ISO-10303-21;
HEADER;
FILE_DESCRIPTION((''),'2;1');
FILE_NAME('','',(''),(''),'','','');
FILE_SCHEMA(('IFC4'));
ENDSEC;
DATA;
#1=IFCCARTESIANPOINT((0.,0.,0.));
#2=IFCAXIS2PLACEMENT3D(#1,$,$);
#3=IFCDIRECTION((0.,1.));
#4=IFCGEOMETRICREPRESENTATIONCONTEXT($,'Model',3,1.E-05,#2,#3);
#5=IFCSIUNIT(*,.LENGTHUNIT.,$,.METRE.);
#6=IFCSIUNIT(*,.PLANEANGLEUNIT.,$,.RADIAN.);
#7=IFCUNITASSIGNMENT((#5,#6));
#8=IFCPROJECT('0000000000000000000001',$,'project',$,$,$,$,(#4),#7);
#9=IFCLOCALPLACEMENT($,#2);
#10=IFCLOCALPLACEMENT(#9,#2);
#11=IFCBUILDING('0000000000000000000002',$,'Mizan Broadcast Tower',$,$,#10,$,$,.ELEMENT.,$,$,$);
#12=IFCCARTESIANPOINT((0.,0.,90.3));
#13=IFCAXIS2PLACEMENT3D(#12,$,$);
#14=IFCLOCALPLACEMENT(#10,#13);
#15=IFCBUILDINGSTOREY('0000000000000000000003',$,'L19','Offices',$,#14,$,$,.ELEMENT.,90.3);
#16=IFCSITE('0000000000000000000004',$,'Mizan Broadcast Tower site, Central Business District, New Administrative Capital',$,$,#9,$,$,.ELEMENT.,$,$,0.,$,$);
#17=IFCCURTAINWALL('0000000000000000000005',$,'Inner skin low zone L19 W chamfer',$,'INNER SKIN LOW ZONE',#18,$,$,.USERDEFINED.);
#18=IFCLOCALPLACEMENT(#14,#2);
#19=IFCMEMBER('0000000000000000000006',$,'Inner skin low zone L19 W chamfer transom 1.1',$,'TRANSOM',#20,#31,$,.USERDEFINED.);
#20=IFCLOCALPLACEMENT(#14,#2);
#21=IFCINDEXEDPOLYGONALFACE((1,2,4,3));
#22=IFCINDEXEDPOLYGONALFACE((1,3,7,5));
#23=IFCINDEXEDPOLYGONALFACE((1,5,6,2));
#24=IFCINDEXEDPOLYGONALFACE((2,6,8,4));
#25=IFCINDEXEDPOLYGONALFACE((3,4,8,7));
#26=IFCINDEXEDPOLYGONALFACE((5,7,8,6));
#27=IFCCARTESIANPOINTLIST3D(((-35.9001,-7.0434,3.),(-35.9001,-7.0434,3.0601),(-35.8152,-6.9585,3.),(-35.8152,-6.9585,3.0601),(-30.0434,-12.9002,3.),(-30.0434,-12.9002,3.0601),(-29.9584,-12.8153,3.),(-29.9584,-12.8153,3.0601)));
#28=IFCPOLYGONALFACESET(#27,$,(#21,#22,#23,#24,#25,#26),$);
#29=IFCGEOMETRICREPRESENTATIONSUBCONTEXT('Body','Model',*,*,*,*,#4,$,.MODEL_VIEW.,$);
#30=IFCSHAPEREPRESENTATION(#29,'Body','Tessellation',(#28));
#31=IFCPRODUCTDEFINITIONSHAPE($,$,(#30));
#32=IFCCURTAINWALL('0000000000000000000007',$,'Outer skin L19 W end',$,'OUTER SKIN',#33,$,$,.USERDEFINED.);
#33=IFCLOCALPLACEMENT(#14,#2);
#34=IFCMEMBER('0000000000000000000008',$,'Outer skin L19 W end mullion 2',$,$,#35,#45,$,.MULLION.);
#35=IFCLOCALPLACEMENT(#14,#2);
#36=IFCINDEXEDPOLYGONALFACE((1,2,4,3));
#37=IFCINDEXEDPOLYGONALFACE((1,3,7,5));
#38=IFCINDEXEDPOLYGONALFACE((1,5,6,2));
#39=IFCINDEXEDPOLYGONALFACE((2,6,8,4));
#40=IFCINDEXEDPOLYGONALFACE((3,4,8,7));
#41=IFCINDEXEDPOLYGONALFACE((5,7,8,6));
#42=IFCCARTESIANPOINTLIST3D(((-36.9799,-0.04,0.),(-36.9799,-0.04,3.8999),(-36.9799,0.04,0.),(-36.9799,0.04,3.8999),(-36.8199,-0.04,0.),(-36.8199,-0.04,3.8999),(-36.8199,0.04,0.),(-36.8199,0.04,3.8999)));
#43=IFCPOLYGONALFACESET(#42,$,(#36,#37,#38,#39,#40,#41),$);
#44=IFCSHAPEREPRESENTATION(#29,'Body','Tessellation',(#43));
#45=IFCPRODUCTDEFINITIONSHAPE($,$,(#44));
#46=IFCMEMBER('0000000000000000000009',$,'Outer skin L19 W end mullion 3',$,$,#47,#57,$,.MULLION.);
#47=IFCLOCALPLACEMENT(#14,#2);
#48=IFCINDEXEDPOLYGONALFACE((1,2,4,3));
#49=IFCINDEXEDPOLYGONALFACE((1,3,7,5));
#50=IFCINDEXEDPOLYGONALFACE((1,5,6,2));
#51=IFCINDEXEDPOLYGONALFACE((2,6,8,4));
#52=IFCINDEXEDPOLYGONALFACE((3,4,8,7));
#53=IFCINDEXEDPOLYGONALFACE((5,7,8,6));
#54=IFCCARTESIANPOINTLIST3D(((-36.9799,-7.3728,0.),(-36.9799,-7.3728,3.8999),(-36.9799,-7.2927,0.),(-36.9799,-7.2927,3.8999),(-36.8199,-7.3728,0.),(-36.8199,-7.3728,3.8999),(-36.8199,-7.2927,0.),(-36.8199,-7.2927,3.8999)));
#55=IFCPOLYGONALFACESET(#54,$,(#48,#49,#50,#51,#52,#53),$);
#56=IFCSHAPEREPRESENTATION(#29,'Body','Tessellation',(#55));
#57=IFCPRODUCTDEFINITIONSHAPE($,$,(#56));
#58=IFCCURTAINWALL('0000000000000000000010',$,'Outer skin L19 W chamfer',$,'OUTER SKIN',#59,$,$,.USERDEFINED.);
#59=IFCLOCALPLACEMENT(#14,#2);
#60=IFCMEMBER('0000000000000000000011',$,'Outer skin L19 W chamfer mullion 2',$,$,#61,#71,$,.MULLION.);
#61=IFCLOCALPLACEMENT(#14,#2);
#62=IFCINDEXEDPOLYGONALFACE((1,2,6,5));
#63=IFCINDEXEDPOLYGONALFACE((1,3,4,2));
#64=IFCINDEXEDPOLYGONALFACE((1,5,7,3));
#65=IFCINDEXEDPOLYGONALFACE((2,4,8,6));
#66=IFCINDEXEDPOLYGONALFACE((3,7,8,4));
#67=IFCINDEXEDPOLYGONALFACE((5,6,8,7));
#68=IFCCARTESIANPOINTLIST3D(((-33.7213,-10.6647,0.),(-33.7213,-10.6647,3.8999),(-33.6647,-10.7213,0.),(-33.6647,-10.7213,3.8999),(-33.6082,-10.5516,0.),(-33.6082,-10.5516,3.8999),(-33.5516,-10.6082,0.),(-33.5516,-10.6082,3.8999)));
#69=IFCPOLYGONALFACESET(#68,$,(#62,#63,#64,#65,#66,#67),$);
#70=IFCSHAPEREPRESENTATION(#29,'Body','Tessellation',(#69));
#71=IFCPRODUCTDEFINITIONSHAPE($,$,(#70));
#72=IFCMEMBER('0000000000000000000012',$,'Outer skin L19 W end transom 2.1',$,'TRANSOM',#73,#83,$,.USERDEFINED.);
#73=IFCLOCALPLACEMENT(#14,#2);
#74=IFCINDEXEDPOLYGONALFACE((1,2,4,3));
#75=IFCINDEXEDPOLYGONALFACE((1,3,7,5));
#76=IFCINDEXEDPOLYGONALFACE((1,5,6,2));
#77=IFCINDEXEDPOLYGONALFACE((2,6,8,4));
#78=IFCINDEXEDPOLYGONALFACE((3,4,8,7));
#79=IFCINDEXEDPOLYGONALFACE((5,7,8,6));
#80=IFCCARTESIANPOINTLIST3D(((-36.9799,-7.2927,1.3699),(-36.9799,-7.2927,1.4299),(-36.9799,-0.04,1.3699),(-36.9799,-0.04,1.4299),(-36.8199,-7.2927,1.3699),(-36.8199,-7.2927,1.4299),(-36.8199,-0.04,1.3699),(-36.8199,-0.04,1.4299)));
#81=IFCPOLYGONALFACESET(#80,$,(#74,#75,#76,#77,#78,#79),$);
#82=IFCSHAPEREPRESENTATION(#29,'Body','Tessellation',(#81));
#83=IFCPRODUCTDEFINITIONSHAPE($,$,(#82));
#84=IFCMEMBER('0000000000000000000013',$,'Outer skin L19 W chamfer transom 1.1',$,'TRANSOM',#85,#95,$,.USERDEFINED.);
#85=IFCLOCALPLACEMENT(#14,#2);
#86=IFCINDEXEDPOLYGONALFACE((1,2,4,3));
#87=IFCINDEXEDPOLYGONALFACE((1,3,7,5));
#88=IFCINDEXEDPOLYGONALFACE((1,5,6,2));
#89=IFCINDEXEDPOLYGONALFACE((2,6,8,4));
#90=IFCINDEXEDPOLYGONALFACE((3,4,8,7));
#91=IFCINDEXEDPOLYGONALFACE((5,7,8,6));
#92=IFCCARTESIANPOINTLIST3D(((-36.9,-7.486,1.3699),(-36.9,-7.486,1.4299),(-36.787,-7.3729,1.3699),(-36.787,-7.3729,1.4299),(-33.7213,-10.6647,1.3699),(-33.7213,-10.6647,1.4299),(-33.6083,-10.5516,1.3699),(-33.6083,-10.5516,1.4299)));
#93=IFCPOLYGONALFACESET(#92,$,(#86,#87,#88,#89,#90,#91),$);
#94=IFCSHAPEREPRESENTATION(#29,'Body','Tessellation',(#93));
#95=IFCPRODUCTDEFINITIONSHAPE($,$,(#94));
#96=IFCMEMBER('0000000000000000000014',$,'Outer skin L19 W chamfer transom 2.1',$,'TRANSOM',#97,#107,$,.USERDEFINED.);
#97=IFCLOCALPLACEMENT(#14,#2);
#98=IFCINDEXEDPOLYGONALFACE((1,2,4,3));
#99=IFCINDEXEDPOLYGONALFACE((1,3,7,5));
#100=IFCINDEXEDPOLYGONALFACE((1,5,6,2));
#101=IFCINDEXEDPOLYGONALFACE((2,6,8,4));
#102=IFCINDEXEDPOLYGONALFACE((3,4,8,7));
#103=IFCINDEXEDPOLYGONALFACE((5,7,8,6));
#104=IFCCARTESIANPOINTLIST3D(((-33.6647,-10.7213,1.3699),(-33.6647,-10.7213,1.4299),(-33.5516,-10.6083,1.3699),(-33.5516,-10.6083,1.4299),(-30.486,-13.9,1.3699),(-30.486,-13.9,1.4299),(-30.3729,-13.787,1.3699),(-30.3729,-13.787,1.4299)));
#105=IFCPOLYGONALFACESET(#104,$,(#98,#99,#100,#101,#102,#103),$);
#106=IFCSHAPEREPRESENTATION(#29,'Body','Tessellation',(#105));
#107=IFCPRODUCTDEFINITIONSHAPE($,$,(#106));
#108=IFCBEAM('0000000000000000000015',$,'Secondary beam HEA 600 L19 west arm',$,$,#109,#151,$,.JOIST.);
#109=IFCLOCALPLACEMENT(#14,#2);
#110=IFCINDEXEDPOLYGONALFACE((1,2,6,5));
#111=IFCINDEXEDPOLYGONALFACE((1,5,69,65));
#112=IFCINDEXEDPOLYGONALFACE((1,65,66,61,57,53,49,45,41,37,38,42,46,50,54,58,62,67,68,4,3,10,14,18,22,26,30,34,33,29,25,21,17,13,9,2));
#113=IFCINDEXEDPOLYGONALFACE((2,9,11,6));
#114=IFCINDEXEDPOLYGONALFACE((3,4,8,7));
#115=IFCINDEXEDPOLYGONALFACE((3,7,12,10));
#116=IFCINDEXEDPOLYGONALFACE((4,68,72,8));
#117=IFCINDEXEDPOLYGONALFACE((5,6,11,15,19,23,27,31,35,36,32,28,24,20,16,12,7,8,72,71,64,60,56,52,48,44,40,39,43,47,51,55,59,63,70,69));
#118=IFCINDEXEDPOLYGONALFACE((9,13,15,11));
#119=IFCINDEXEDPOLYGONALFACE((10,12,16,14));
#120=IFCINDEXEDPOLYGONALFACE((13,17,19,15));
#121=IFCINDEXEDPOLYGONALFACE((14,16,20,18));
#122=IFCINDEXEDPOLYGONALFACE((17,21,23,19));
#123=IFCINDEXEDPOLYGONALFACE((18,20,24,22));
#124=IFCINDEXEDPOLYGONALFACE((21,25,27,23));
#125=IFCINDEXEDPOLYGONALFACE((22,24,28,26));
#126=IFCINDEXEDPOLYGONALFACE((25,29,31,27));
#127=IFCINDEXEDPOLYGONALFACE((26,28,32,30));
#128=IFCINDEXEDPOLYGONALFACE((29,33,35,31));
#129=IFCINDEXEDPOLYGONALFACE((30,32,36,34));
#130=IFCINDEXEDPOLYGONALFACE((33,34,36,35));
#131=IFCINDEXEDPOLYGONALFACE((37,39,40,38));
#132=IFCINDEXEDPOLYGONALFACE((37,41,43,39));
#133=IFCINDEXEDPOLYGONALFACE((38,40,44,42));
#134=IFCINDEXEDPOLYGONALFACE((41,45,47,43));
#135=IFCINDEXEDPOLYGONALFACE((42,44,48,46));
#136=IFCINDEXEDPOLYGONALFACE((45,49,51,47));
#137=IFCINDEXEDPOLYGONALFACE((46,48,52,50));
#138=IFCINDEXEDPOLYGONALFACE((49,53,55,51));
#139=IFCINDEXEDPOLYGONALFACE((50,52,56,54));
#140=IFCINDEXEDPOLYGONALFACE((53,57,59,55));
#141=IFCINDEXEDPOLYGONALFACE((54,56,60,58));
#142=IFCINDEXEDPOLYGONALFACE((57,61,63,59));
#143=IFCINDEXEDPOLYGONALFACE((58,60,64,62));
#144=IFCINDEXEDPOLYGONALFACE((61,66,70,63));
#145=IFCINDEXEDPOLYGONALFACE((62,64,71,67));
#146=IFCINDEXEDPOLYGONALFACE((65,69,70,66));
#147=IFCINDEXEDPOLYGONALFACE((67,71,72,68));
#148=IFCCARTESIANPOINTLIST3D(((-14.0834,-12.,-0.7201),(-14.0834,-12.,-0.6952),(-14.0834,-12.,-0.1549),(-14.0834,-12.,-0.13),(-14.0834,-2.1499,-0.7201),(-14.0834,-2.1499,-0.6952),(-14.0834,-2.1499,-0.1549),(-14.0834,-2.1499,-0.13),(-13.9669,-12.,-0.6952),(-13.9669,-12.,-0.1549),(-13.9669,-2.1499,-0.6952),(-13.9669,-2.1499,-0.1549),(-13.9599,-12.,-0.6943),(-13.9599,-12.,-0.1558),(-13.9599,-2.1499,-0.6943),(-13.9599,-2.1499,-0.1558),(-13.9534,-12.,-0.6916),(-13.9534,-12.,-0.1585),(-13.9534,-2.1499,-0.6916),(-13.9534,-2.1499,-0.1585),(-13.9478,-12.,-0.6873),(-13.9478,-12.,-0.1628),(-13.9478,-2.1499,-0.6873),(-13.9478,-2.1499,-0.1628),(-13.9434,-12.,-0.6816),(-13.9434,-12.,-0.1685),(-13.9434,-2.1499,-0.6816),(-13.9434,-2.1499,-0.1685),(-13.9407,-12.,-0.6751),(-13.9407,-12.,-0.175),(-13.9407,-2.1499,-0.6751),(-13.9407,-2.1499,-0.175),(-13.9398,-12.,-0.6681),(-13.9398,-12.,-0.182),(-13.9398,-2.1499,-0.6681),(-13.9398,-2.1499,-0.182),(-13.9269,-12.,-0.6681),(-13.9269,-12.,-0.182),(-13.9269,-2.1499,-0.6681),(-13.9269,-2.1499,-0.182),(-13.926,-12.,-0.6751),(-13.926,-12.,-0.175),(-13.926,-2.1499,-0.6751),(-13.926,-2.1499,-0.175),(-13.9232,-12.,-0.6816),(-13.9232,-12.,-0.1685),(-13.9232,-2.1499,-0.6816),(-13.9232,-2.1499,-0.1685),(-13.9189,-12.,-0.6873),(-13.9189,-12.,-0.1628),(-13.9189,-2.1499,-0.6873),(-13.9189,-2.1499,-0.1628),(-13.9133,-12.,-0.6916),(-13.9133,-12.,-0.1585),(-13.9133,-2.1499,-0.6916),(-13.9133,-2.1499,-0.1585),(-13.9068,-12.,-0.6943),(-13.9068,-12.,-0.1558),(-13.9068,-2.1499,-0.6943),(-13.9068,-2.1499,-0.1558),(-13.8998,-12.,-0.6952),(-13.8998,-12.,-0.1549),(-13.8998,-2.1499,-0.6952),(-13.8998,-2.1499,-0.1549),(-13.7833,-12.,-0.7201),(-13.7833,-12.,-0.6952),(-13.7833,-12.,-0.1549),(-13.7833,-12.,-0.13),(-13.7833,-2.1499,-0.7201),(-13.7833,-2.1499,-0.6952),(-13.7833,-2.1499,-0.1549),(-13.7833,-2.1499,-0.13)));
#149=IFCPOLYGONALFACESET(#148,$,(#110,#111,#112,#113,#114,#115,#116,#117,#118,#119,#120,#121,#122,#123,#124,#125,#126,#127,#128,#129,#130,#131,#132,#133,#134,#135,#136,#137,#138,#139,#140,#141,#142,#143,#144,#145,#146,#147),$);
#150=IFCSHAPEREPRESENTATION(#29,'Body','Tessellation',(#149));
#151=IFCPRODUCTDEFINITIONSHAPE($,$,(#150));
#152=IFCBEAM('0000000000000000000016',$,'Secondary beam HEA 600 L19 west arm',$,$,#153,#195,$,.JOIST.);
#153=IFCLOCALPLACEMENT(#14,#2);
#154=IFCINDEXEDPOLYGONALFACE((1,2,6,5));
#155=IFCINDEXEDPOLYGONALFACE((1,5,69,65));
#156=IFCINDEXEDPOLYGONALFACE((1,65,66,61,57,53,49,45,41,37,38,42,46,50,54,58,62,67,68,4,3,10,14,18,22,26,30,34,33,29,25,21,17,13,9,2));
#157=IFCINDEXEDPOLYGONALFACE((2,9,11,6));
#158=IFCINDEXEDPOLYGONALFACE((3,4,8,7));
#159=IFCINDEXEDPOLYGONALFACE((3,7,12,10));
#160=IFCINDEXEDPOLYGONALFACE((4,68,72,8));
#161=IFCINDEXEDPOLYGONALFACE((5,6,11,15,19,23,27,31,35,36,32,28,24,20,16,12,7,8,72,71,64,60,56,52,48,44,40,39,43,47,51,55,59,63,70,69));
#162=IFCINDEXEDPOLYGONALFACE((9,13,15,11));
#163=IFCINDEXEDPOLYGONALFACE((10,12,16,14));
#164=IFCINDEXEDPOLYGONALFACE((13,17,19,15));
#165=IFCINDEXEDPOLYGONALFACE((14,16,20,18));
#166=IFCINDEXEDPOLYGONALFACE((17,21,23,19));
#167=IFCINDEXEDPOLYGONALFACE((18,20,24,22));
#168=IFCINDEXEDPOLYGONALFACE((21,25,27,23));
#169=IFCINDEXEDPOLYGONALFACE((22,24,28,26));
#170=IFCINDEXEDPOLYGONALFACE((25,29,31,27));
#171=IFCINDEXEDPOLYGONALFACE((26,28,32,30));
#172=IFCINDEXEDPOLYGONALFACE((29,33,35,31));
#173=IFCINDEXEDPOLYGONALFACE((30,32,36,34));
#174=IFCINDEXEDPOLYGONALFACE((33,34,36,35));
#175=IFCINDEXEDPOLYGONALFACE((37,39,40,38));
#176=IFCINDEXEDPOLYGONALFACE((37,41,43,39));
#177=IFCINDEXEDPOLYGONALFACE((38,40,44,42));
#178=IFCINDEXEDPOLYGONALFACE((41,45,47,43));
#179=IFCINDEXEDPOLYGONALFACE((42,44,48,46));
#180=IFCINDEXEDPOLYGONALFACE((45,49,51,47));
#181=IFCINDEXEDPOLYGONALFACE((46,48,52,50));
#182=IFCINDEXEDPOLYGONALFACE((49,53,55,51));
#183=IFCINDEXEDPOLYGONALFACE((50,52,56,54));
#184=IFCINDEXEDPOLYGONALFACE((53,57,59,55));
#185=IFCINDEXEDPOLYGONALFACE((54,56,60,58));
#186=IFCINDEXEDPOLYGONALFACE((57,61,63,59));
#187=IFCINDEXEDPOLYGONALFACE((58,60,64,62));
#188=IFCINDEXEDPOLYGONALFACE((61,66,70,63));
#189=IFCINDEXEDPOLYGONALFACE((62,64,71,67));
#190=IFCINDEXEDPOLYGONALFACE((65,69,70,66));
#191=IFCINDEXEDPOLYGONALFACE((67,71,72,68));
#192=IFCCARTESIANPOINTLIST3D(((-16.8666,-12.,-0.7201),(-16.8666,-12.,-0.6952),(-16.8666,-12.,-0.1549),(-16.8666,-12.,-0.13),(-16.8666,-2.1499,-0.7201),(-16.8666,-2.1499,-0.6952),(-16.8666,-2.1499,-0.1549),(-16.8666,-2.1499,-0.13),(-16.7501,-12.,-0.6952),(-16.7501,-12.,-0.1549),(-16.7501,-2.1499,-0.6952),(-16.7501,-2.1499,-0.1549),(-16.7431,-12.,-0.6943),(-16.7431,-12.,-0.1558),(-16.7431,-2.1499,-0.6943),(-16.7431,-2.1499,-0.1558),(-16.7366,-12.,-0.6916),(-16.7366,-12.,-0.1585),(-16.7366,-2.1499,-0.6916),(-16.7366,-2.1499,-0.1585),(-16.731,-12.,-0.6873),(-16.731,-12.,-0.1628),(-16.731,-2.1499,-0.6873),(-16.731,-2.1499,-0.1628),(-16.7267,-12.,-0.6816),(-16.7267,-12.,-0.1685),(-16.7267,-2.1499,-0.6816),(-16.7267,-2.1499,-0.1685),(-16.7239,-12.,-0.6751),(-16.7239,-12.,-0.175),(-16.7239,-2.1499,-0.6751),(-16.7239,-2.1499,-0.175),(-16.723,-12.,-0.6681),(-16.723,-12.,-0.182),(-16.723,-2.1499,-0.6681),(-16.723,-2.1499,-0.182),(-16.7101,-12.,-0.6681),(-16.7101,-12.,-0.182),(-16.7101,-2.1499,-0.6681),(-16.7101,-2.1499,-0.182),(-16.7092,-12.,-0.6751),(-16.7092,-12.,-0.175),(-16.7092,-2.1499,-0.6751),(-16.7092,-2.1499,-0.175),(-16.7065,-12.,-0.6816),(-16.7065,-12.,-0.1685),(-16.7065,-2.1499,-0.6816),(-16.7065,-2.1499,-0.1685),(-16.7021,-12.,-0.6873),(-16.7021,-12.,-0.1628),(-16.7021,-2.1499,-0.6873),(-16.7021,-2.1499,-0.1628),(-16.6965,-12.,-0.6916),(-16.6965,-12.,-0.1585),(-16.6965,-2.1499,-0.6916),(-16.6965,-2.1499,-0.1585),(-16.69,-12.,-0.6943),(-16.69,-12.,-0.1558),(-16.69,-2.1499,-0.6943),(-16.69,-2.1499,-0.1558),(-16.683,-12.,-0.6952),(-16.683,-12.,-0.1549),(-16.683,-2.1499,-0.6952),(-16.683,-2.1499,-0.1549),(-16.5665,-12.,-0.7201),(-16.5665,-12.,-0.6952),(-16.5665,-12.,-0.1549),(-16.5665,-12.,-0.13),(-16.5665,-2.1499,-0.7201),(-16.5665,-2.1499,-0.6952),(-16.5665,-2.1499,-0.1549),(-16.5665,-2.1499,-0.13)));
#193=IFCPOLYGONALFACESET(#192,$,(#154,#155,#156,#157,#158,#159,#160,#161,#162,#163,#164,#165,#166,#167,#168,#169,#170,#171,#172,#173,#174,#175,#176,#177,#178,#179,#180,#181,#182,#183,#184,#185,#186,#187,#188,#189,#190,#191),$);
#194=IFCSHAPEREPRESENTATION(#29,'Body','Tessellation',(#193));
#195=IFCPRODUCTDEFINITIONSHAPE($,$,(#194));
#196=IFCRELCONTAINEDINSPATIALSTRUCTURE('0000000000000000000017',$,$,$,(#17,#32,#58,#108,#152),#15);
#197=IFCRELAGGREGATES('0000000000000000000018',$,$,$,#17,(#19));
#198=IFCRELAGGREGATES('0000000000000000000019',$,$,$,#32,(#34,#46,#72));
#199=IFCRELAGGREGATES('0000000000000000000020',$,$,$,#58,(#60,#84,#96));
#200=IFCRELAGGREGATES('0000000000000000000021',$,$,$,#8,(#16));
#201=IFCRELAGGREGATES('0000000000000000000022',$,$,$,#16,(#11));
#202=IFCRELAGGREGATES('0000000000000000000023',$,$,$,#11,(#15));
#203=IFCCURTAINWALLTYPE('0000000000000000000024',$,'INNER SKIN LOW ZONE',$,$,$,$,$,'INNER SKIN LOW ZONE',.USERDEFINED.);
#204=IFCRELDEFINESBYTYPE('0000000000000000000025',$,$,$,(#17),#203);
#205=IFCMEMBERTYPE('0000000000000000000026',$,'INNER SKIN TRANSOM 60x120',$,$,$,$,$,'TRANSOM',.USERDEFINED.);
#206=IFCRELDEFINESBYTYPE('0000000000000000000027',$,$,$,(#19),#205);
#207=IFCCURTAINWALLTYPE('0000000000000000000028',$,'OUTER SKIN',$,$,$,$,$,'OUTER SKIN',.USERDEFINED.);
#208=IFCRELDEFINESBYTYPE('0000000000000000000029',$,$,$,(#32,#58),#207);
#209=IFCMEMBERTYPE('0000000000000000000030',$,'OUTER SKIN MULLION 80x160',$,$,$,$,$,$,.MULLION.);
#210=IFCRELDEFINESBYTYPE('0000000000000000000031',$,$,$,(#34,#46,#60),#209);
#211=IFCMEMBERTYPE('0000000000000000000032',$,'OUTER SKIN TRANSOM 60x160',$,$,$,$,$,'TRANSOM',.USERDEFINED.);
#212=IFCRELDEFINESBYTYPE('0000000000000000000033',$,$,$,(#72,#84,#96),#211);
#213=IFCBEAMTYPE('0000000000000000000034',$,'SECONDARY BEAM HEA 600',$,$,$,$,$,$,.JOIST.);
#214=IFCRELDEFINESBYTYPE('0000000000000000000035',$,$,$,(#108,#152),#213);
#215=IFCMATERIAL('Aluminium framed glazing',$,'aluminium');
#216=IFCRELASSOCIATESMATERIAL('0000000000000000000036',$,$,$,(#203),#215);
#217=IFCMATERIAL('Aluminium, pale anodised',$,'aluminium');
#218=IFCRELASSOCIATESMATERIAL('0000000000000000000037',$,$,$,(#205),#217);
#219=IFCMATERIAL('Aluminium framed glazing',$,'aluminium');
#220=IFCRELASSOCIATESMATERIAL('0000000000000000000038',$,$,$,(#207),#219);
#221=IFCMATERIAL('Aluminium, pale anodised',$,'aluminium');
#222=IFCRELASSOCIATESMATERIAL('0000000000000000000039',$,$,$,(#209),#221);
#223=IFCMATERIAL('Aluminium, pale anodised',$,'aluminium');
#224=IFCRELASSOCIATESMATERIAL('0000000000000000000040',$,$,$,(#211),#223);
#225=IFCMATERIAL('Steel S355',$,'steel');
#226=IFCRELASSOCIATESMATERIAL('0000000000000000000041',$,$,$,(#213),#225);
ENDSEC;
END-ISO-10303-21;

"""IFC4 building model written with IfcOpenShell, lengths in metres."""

from ifc_helpers import new_model, si_unit, direction, frame, origin, origin_2d, place, context, subcontext, project, spatial, rectangle, i_section, extrude, material, material_profile, profile_set, type_object, element, aggregate, save


model = new_model("IFC4")

# Units and contexts
model_context = context("Model", 3, precision=1e-05, world=origin(), true_north=direction((0.0, 1.0)))
body_context = subcontext(model_context, "Body", "Model", "MODEL_VIEW")
ifc_project = project(units=[si_unit("LENGTHUNIT", "METRE"), si_unit("PLANEANGLEUNIT", "RADIAN")], contexts=[model_context])

# Site, building, storey
site_placement = place(None, origin())
site = spatial("IfcSite", under=ifc_project, at=site_placement, Name="Mizan Broadcast Tower site, Central Business District, New Administrative Capital", CompositionType="ELEMENT", RefElevation=0.0)
building_placement = place(site_placement, origin())
building = spatial("IfcBuilding", under=site, at=building_placement, Name="Mizan Broadcast Tower", CompositionType="ELEMENT")
storey_placement = place(building_placement, frame((0.0, 0.0, 90.3)))
storey = spatial("IfcBuildingStorey", under=building, at=storey_placement, Name="L19", Description="Offices", CompositionType="ELEMENT", Elevation=90.3)

# Shared definitions
ifc_material_1 = material(Name="Aluminium framed glazing", Category="aluminium")
curtain_wall_type_1 = type_object("IfcCurtainWallType", Name="INNER SKIN LOW ZONE", ElementType="INNER SKIN LOW ZONE", PredefinedType="USERDEFINED", material=ifc_material_1)
ifc_material_2 = material(Name="Aluminium, pale anodised", Category="aluminium")
ifc_material_profile_1 = material_profile(ifc_material_2, rectangle(XDim=0.1201, YDim=0.0601, at=origin_2d()), Name="TRANSOM 120x60")
ifc_profile_set_1 = profile_set([ifc_material_profile_1], Name="Aluminium, pale anodised")
member_type_1 = type_object("IfcMemberType", Name="INNER SKIN TRANSOM 60x120", ElementType="TRANSOM", PredefinedType="USERDEFINED", material=ifc_profile_set_1)

# Curtain wall, member
curtain_wall_1_placement = place(storey_placement, origin())
curtain_wall_1 = element("IfcCurtainWall", 1, at=curtain_wall_1_placement, inside=storey, type_object=curtain_wall_type_1, Name="Inner skin low zone L19 W chamfer", ObjectType="INNER SKIN LOW ZONE", PredefinedType="USERDEFINED")
member_1_placement = place(storey_placement, frame((-35.8577, -7.001, 3.03), z_axis=(0.707107, -0.707107, 0.0), x_axis=(0.707107, 0.707107, 0.0)))
member_1 = element("IfcMember", 2, at=member_1_placement, type_object=member_type_1, Name="Inner skin low zone L19 W chamfer transom 1.1", ObjectType="TRANSOM", PredefinedType="USERDEFINED", context=body_context, shape_type="SweptSolid", body=[
    extrude(rectangle(XDim=0.1201, YDim=0.0601, at=origin_2d()), origin(), (0.0, 0.0, 1.0), 8.2827),
])

# Curtain wall, members
ifc_material_3 = material(Name="Aluminium framed glazing", Category="aluminium")
curtain_wall_type_2 = type_object("IfcCurtainWallType", Name="OUTER SKIN", ElementType="OUTER SKIN", PredefinedType="USERDEFINED", material=ifc_material_3)
curtain_wall_2_placement = place(storey_placement, origin())
curtain_wall_2 = element("IfcCurtainWall", 3, at=curtain_wall_2_placement, inside=storey, type_object=curtain_wall_type_2, Name="Outer skin L19 W end", ObjectType="OUTER SKIN", PredefinedType="USERDEFINED")
ifc_material_4 = material(Name="Aluminium, pale anodised", Category="aluminium")
ifc_material_profile_2 = material_profile(ifc_material_4, rectangle(XDim=0.1599, YDim=0.0801, at=origin_2d()), Name="MULLION 160x80")
ifc_profile_set_2 = profile_set([ifc_material_profile_2], Name="Aluminium, pale anodised")
member_type_2 = type_object("IfcMemberType", Name="OUTER SKIN MULLION 80x160", PredefinedType="MULLION", material=ifc_profile_set_2)
member_2_placement = place(storey_placement, frame((-36.8999, 0.0, 0.0), z_axis=(0.0, 0.0, 1.0), x_axis=(1.0, 0.0, 0.0)))
member_2 = element("IfcMember", 4, at=member_2_placement, type_object=member_type_2, Name="Outer skin L19 W end mullion 2", PredefinedType="MULLION", context=body_context, shape_type="SweptSolid", body=[
    extrude(rectangle(XDim=0.1599, YDim=0.0801, at=origin_2d()), origin(), (0.0, 0.0, 1.0), 3.8999),
])
member_3_placement = place(storey_placement, frame((-36.8999, -7.3328, 0.0), z_axis=(0.0, 0.0, 1.0), x_axis=(1.0, 0.0, 0.0)))
member_3 = element("IfcMember", 5, at=member_3_placement, type_object=member_type_2, Name="Outer skin L19 W end mullion 3", PredefinedType="MULLION", context=body_context, shape_type="SweptSolid", body=[
    extrude(rectangle(XDim=0.1599, YDim=0.0801, at=origin_2d()), origin(), (0.0, 0.0, 1.0), 3.8999),
])

# Curtain wall, member
curtain_wall_3_placement = place(storey_placement, origin())
curtain_wall_3 = element("IfcCurtainWall", 6, at=curtain_wall_3_placement, inside=storey, type_object=curtain_wall_type_2, Name="Outer skin L19 W chamfer", ObjectType="OUTER SKIN", PredefinedType="USERDEFINED")
member_4_placement = place(storey_placement, frame((-33.6365, -10.6365, 0.0), z_axis=(0.0, 0.0, 1.0), x_axis=(0.707107, 0.707107, 0.0)))
member_4 = element("IfcMember", 7, at=member_4_placement, type_object=member_type_2, Name="Outer skin L19 W chamfer mullion 2", PredefinedType="MULLION", context=body_context, shape_type="SweptSolid", body=[
    extrude(rectangle(XDim=0.1599, YDim=0.0801, at=origin_2d()), origin(), (0.0, 0.0, 1.0), 3.8999),
])

# Members
ifc_material_5 = material(Name="Aluminium, pale anodised", Category="aluminium")
ifc_material_profile_3 = material_profile(ifc_material_5, rectangle(XDim=0.1599, YDim=0.0601, at=origin_2d()), Name="TRANSOM 160x60")
ifc_profile_set_3 = profile_set([ifc_material_profile_3], Name="Aluminium, pale anodised")
member_type_3 = type_object("IfcMemberType", Name="OUTER SKIN TRANSOM 60x160", ElementType="TRANSOM", PredefinedType="USERDEFINED", material=ifc_profile_set_3)
member_5_placement = place(storey_placement, frame((-36.8999, -0.04, 1.3999), z_axis=(0.0, -1.0, 0.0), x_axis=(1.0, 0.0, 0.0)))
member_5 = element("IfcMember", 8, at=member_5_placement, type_object=member_type_3, Name="Outer skin L19 W end transom 2.1", ObjectType="TRANSOM", PredefinedType="USERDEFINED", context=body_context, shape_type="SweptSolid", body=[
    extrude(rectangle(XDim=0.1599, YDim=0.0601, at=origin_2d()), origin(), (0.0, 0.0, 1.0), 7.2527),
])
member_6_placement = place(storey_placement, frame((-36.8435, -7.4294, 1.3999), z_axis=(0.707107, -0.707107, 0.0), x_axis=(0.707107, 0.707107, 0.0)))
member_6 = element("IfcMember", 9, at=member_6_placement, type_object=member_type_3, Name="Outer skin L19 W chamfer transom 1.1", ObjectType="TRANSOM", PredefinedType="USERDEFINED", context=body_context, shape_type="SweptSolid", body=[
    extrude(rectangle(XDim=0.1599, YDim=0.0601, at=origin_2d()), origin(), (0.0, 0.0, 1.0), 4.4954),
])
member_7_placement = place(storey_placement, frame((-33.6082, -10.6648, 1.3999), z_axis=(0.707107, -0.707107, 0.0), x_axis=(0.707107, 0.707107, 0.0)))
member_7 = element("IfcMember", 10, at=member_7_placement, type_object=member_type_3, Name="Outer skin L19 W chamfer transom 2.1", ObjectType="TRANSOM", PredefinedType="USERDEFINED", context=body_context, shape_type="SweptSolid", body=[
    extrude(rectangle(XDim=0.1599, YDim=0.0601, at=origin_2d()), origin(), (0.0, 0.0, 1.0), 4.4954),
])

# Beams
ifc_material_6 = material(Name="Steel S355", Category="steel")
ifc_material_profile_4 = material_profile(ifc_material_6, i_section(OverallWidth=0.3, OverallDepth=0.5901, WebThickness=0.0129, FlangeThickness=0.0249, FilletRadius=0.0271, at=origin_2d()), Name="HEA 600")
ifc_profile_set_4 = profile_set([ifc_material_profile_4], Name="Steel S355")
beam_type_1 = type_object("IfcBeamType", Name="SECONDARY BEAM HEA 600", PredefinedType="JOIST", material=ifc_profile_set_4)
for number, where, z_axis, x_axis, name in (
    (11, (-13.9333, -12.0, -0.425), (0.0, 1.0, 0.0), (-1.0, 0.0, 0.0), "Secondary beam HEA 600 L19 west arm"),
    (12, (-16.7166, -12.0, -0.425), (0.0, 1.0, 0.0), (-1.0, 0.0, 0.0), "Secondary beam HEA 600 L19 west arm"),
):
    element("IfcBeam", number, at=place(storey_placement, frame(where, z_axis=z_axis, x_axis=x_axis)), inside=storey, type_object=beam_type_1, Name=name, PredefinedType="JOIST", context=body_context, shape_type="SweptSolid", body=[
        extrude(i_section(OverallWidth=0.3, OverallDepth=0.5901, WebThickness=0.0129, FlangeThickness=0.0249, FilletRadius=0.0271, at=origin_2d()), origin(), (0.0, 0.0, 1.0), 9.8501),
    ])

aggregate(curtain_wall_1, [member_1])
aggregate(curtain_wall_2, [member_2, member_3, member_5])
aggregate(curtain_wall_3, [member_4, member_6, member_7])

save(model, "model.ifc")
